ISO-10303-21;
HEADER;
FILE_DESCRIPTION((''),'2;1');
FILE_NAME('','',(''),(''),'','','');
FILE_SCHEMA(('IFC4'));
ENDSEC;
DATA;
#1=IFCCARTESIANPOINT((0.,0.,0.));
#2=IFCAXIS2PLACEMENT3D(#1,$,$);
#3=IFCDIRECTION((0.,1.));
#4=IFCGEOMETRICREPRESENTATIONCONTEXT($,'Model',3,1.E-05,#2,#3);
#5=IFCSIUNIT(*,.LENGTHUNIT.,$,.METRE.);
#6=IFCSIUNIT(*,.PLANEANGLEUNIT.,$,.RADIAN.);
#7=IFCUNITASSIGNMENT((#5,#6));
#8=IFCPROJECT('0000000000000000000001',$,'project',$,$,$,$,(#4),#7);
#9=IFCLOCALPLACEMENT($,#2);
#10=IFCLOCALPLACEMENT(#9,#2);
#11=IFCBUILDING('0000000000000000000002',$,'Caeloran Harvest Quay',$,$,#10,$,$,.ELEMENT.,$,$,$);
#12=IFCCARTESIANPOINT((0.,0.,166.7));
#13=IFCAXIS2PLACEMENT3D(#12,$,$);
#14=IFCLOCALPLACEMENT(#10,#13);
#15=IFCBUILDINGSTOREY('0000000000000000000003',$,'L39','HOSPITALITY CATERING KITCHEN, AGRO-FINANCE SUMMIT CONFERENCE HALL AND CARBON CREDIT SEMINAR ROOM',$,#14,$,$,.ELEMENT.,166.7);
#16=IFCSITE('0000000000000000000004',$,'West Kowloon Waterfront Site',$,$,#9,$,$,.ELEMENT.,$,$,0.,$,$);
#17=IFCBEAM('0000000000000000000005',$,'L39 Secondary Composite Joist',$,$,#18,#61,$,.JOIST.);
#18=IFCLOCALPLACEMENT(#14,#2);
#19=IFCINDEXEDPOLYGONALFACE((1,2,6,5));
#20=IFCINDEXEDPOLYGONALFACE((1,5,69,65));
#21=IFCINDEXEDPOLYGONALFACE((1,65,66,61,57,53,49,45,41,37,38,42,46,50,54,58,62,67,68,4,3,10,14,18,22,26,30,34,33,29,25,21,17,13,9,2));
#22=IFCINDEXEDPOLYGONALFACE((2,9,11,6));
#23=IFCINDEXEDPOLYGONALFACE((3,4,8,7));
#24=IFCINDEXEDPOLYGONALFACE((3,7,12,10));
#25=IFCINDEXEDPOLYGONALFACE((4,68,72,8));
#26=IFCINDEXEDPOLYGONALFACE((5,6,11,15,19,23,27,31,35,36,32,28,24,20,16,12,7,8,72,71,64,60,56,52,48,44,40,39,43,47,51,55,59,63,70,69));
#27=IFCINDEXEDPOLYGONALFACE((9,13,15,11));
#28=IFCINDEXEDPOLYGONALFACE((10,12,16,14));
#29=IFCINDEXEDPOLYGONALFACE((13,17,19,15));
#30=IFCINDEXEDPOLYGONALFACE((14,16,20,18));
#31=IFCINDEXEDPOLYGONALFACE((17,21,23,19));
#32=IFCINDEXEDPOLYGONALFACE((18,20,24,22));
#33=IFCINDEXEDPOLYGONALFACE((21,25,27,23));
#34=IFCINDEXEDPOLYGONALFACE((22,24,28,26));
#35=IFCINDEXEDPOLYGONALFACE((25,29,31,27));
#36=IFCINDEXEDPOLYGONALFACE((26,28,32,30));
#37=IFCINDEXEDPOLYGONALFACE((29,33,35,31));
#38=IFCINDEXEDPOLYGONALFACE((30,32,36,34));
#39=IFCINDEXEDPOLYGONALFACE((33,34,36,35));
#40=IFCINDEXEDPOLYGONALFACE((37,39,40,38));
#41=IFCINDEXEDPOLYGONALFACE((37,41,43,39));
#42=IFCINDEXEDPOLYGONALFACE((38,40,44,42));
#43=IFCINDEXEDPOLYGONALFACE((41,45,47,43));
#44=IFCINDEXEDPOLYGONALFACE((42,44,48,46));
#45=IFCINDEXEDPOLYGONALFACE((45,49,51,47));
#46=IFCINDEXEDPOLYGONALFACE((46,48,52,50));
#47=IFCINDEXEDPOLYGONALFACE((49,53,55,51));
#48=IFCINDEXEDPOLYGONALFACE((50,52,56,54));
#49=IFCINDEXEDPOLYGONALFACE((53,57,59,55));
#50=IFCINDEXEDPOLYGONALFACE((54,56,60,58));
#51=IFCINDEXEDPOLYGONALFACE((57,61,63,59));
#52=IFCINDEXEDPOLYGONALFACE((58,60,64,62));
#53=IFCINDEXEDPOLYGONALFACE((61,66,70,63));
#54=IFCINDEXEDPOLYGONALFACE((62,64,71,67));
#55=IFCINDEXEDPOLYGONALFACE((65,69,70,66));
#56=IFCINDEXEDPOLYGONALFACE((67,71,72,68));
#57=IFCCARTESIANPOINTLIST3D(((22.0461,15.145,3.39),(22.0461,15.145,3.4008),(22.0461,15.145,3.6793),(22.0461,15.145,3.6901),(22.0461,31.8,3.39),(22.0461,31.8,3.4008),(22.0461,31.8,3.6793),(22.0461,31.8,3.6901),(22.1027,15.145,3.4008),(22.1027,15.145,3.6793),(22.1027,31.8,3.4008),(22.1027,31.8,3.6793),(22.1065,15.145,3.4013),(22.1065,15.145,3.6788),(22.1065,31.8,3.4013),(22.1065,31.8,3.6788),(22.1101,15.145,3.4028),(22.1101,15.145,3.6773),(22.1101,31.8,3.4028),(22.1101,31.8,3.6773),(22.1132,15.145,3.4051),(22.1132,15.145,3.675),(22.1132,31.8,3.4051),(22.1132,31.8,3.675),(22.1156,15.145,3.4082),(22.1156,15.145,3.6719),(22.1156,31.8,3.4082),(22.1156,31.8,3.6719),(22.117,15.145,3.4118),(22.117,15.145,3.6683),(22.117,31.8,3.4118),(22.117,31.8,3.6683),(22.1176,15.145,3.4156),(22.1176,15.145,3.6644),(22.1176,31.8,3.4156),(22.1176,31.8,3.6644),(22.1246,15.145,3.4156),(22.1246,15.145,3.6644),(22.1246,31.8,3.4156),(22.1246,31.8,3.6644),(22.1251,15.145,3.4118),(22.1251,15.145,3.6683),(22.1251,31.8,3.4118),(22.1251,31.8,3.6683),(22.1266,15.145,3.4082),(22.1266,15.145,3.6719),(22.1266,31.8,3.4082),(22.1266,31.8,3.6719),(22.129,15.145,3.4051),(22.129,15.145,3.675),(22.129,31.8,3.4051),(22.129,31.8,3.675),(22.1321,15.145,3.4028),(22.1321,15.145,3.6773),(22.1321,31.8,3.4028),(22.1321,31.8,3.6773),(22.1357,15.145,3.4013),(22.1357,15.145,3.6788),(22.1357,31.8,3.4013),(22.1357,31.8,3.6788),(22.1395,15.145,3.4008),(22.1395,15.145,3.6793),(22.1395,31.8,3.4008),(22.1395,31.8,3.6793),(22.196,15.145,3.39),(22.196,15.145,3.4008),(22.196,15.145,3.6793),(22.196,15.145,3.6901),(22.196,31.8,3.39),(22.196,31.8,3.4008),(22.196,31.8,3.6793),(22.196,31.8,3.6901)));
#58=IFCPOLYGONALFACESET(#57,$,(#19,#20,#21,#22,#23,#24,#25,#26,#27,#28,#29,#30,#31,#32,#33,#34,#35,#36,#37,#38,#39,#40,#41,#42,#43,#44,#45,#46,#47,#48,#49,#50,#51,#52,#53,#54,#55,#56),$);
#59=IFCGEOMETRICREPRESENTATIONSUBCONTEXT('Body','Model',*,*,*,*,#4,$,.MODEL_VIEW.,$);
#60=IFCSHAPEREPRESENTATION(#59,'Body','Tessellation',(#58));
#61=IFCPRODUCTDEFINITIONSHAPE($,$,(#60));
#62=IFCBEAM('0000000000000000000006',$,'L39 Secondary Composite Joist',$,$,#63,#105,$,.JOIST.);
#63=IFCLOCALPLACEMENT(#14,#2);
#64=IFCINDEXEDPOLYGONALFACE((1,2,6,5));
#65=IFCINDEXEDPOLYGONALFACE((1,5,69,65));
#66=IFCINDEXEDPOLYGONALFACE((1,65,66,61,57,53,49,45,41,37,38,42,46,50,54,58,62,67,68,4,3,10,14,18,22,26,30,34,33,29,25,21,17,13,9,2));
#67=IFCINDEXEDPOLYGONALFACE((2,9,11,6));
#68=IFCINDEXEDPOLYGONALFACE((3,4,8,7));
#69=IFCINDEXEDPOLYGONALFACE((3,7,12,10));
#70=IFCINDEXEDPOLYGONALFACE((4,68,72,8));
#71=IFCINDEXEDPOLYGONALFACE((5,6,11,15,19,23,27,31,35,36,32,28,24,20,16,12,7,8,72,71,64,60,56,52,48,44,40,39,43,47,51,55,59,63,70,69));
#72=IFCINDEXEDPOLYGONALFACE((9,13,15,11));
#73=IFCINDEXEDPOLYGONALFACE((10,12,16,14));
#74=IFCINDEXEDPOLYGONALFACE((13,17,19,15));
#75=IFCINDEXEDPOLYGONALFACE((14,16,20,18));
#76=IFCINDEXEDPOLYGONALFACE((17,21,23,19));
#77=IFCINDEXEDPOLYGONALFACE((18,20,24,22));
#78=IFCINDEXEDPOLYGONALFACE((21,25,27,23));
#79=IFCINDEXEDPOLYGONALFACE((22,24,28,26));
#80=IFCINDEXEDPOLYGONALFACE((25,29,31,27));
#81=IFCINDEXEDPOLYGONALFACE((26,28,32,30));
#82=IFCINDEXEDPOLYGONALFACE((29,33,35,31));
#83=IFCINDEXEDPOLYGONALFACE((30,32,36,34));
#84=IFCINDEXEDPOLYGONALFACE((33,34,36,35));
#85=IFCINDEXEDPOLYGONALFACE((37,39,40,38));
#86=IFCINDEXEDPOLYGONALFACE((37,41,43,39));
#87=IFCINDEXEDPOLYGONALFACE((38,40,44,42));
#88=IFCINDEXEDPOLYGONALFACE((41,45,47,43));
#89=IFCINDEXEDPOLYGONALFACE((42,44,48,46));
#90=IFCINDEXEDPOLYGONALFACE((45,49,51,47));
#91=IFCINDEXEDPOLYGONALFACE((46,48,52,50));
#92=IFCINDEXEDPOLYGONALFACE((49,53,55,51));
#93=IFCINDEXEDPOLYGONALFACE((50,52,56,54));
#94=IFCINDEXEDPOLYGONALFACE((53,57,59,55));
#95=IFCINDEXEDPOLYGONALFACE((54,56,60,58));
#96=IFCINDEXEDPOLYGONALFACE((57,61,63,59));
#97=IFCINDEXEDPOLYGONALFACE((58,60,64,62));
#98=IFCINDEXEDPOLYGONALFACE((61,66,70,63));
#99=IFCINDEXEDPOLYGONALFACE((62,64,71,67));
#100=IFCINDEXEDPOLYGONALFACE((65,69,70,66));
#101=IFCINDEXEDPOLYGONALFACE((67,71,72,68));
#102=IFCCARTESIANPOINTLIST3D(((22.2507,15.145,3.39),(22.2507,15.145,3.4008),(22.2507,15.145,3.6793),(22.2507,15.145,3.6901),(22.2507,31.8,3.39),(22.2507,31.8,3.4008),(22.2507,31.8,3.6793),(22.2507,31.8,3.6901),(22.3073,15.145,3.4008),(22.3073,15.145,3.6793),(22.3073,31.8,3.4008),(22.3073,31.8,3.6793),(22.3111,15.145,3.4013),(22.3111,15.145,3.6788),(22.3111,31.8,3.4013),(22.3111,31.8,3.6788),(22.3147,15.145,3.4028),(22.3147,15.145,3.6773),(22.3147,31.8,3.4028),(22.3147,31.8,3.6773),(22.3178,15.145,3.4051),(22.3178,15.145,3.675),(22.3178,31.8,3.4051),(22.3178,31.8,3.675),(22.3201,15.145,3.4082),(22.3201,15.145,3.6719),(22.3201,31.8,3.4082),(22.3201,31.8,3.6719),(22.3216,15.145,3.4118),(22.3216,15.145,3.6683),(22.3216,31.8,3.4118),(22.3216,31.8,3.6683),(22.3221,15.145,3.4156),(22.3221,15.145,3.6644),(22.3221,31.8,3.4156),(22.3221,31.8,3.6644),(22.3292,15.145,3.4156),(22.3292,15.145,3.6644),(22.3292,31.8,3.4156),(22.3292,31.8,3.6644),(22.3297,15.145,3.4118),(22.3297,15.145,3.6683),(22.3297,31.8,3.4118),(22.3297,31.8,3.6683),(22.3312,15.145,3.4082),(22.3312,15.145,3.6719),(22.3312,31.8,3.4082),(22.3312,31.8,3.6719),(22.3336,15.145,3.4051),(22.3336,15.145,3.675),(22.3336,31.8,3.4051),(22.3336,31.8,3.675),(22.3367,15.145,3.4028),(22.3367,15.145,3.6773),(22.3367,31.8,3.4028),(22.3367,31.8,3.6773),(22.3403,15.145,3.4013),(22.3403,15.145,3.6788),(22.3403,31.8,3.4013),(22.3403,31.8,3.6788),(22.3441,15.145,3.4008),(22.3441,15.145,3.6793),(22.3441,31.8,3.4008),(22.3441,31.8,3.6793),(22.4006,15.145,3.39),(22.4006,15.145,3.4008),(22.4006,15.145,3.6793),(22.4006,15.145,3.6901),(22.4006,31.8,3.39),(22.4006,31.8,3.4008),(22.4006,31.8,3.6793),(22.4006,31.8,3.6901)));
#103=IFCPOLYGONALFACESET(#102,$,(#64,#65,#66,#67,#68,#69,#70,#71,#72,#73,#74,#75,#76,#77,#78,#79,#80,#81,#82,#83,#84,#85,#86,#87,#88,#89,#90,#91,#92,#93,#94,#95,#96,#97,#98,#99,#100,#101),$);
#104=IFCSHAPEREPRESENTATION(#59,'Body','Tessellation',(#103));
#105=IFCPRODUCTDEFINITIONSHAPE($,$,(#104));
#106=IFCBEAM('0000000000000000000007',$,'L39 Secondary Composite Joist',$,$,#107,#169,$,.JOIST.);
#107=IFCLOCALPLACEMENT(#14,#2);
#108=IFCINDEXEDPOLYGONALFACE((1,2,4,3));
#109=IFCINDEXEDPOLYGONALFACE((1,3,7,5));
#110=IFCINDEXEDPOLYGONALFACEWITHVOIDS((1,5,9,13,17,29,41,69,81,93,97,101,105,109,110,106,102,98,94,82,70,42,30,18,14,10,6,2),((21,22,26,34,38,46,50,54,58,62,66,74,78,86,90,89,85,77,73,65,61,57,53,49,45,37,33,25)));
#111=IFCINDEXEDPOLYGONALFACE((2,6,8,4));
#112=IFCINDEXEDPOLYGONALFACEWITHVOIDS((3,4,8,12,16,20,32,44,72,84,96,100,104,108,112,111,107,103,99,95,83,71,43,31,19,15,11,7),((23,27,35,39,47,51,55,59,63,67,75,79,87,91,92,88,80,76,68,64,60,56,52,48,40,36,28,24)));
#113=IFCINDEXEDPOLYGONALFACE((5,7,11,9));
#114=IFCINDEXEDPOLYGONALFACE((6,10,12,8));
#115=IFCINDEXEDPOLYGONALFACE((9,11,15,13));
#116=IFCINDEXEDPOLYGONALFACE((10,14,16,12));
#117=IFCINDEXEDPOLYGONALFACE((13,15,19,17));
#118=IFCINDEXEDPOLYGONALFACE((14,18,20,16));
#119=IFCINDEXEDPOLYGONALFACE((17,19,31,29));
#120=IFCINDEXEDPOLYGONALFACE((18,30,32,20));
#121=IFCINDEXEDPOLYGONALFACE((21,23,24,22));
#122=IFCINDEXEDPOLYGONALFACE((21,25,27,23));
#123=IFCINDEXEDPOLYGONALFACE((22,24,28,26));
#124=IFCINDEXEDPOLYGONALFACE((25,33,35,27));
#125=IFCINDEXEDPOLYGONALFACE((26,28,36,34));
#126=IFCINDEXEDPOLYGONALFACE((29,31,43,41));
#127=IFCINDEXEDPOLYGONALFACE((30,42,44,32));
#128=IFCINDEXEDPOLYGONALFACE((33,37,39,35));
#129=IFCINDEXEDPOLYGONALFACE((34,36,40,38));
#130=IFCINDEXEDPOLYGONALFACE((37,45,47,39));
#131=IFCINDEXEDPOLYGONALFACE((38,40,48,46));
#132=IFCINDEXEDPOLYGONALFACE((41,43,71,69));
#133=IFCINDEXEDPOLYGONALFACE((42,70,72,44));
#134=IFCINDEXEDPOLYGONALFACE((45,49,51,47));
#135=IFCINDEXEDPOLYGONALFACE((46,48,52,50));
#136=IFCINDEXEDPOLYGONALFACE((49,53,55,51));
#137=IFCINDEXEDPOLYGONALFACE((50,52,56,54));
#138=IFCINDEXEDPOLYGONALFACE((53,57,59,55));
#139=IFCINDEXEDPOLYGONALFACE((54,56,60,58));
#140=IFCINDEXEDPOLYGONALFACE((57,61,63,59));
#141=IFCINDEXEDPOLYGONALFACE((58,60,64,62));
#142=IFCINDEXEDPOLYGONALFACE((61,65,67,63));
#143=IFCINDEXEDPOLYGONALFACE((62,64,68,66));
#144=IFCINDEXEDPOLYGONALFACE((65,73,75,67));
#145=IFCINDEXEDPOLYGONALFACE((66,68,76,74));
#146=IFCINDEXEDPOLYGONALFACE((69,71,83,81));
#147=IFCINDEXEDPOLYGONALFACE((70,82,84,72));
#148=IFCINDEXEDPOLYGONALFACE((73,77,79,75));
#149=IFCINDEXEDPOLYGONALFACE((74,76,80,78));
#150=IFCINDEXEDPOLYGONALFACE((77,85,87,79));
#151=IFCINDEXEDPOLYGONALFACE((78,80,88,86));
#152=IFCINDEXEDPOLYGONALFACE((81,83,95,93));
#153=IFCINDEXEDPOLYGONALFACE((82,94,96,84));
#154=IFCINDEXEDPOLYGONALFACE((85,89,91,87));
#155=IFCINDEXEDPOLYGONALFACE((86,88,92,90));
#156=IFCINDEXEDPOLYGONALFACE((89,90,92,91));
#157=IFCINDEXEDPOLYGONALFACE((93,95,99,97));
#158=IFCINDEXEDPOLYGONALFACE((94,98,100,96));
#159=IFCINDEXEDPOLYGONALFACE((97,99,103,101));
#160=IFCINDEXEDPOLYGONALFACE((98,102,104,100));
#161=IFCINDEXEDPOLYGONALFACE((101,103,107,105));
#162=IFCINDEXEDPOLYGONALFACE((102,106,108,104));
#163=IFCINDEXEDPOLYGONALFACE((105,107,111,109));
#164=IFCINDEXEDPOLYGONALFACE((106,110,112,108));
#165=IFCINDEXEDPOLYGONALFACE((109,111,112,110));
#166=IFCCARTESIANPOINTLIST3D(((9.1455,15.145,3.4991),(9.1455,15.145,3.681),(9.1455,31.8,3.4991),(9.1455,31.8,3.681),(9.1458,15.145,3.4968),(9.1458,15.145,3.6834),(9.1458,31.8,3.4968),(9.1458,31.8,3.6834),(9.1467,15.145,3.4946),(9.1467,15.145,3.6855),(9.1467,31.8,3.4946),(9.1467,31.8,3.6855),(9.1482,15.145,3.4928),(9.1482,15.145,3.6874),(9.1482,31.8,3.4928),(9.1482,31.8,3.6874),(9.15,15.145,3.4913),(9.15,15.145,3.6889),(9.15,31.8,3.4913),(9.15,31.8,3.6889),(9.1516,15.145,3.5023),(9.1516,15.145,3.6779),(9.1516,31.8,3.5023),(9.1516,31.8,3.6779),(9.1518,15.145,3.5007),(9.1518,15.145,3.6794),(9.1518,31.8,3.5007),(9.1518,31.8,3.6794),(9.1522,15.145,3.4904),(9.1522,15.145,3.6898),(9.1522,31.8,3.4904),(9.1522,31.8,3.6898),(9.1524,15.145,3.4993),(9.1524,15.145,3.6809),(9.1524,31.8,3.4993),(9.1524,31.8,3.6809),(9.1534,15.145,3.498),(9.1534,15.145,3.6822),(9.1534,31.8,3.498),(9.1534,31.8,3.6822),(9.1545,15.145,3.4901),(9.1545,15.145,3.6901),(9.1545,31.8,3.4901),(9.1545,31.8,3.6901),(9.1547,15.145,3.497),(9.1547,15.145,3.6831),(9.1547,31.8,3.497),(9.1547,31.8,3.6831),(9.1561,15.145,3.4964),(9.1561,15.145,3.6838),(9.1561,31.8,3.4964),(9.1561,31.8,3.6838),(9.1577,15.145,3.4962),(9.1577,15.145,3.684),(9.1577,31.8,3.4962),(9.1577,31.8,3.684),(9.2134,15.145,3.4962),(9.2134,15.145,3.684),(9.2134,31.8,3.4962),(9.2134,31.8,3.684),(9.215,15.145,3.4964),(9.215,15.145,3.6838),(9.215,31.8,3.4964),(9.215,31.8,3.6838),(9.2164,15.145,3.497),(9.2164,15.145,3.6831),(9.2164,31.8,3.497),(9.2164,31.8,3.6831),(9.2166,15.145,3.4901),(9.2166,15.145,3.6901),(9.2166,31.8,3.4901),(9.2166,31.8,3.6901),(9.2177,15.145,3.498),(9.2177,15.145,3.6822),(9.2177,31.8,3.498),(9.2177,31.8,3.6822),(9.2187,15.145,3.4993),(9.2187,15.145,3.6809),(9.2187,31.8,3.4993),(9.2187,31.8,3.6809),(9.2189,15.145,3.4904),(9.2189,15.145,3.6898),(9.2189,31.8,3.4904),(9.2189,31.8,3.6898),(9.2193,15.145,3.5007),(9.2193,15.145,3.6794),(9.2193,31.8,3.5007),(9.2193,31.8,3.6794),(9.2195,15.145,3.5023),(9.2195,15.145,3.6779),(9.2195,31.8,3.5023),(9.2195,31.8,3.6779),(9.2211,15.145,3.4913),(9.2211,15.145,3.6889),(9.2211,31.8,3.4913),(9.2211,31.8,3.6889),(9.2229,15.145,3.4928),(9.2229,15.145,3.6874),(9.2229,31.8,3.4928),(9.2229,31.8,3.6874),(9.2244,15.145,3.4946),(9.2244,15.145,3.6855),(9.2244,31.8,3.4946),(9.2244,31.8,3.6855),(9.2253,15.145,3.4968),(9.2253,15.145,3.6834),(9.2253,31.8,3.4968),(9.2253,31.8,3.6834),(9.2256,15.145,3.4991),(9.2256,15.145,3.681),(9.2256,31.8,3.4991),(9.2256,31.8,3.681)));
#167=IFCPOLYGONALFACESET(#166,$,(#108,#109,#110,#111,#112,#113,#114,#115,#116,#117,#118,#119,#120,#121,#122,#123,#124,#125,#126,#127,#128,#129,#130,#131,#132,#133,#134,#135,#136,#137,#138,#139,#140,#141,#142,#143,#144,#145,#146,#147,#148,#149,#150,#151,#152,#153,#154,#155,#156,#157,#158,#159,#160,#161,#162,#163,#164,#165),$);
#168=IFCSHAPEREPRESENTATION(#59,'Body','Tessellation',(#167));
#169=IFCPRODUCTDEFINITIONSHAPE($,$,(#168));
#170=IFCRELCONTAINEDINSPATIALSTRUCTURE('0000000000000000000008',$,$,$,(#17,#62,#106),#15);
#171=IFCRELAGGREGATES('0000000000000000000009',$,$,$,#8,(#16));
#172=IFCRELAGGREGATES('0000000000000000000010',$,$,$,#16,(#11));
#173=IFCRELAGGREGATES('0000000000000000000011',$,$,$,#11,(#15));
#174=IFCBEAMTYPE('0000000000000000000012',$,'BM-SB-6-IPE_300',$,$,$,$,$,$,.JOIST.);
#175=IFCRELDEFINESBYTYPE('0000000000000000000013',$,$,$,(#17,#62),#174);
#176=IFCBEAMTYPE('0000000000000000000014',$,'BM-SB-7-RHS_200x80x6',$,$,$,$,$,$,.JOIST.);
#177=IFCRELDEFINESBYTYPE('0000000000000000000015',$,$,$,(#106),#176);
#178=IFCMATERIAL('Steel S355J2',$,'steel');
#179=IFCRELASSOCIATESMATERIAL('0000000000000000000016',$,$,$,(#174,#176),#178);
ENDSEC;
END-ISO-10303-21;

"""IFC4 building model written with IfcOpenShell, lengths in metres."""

from ifc_helpers import new_model, si_unit, direction, frame, origin, origin_2d, place, context, subcontext, project, spatial, hollow_rectangle, i_section, extrude, material, material_profile, profile_set, type_object, element, save


model = new_model("IFC4")

# Units and contexts
model_context = context("Model", 3, precision=1e-05, world=origin(), true_north=direction((0.0, 1.0)))
body_context = subcontext(model_context, "Body", "Model", "MODEL_VIEW")
ifc_project = project(units=[si_unit("LENGTHUNIT", "METRE"), si_unit("PLANEANGLEUNIT", "RADIAN")], contexts=[model_context])

# Site, building, storey
site_placement = place(None, origin())
site = spatial("IfcSite", under=ifc_project, at=site_placement, Name="West Kowloon Waterfront Site", CompositionType="ELEMENT", RefElevation=0.0)
building_placement = place(site_placement, origin())
building = spatial("IfcBuilding", under=site, at=building_placement, Name="Caeloran Harvest Quay", CompositionType="ELEMENT")
storey_placement = place(building_placement, frame((0.0, 0.0, 166.7)))
storey = spatial("IfcBuildingStorey", under=building, at=storey_placement, Name="L39", Description="HOSPITALITY CATERING KITCHEN, AGRO-FINANCE SUMMIT CONFERENCE HALL AND CARBON CREDIT SEMINAR ROOM", CompositionType="ELEMENT", Elevation=166.7)

# Beams
ifc_material_1 = material(Name="Steel S355J2", Category="steel")
ifc_material_profile_1 = material_profile(ifc_material_1, i_section(OverallWidth=0.1499, OverallDepth=0.3, WebThickness=0.0071, FlangeThickness=0.0107, FilletRadius=0.0149, at=origin_2d()), Name="IPE 300")
ifc_profile_set_1 = profile_set([ifc_material_profile_1], Name="Steel S355J2")
beam_type_1 = type_object("IfcBeamType", Name="BM-SB-6-IPE_300", PredefinedType="JOIST", material=ifc_profile_set_1)
for number, where, z_axis, x_axis, name in (
    (1, (22.1211, 15.145, 3.54), (0.0, 1.0, 0.0), (-1.0, 0.0, 0.0), "L39 Secondary Composite Joist"),
    (2, (22.3257, 15.145, 3.54), (0.0, 1.0, 0.0), (-1.0, 0.0, 0.0), "L39 Secondary Composite Joist"),
):
    element("IfcBeam", number, at=place(storey_placement, frame(where, z_axis=z_axis, x_axis=x_axis)), inside=storey, type_object=beam_type_1, Name=name, PredefinedType="JOIST", context=body_context, shape_type="SweptSolid", body=[
        extrude(i_section(OverallWidth=0.1499, OverallDepth=0.3, WebThickness=0.0071, FlangeThickness=0.0107, FilletRadius=0.0149, at=origin_2d()), origin(), (0.0, 0.0, 1.0), 16.655),
    ])
ifc_material_profile_2 = material_profile(ifc_material_1, hollow_rectangle(XDim=0.0801, YDim=0.2, WallThickness=0.0061, InnerFilletRadius=0.0061, OuterFilletRadius=0.009, at=origin_2d()), Name="RHS 200x80x6")
ifc_profile_set_2 = profile_set([ifc_material_profile_2], Name="Steel S355J2")
beam_type_2 = type_object("IfcBeamType", Name="BM-SB-7-RHS_200x80x6", PredefinedType="JOIST", material=ifc_profile_set_2)
for number, where, z_axis, x_axis, name in (
    (3, (9.1855, 15.145, 3.5901), (0.0, 1.0, 0.0), (-1.0, 0.0, 0.0), "L39 Secondary Composite Joist"),
):
    element("IfcBeam", number, at=place(storey_placement, frame(where, z_axis=z_axis, x_axis=x_axis)), inside=storey, type_object=beam_type_2, Name=name, PredefinedType="JOIST", context=body_context, shape_type="SweptSolid", body=[
        extrude(hollow_rectangle(XDim=0.0801, YDim=0.2, WallThickness=0.0061, InnerFilletRadius=0.0061, OuterFilletRadius=0.009, at=origin_2d()), origin(), (0.0, 0.0, 1.0), 16.655),
    ])

save(model, "model.ifc")
